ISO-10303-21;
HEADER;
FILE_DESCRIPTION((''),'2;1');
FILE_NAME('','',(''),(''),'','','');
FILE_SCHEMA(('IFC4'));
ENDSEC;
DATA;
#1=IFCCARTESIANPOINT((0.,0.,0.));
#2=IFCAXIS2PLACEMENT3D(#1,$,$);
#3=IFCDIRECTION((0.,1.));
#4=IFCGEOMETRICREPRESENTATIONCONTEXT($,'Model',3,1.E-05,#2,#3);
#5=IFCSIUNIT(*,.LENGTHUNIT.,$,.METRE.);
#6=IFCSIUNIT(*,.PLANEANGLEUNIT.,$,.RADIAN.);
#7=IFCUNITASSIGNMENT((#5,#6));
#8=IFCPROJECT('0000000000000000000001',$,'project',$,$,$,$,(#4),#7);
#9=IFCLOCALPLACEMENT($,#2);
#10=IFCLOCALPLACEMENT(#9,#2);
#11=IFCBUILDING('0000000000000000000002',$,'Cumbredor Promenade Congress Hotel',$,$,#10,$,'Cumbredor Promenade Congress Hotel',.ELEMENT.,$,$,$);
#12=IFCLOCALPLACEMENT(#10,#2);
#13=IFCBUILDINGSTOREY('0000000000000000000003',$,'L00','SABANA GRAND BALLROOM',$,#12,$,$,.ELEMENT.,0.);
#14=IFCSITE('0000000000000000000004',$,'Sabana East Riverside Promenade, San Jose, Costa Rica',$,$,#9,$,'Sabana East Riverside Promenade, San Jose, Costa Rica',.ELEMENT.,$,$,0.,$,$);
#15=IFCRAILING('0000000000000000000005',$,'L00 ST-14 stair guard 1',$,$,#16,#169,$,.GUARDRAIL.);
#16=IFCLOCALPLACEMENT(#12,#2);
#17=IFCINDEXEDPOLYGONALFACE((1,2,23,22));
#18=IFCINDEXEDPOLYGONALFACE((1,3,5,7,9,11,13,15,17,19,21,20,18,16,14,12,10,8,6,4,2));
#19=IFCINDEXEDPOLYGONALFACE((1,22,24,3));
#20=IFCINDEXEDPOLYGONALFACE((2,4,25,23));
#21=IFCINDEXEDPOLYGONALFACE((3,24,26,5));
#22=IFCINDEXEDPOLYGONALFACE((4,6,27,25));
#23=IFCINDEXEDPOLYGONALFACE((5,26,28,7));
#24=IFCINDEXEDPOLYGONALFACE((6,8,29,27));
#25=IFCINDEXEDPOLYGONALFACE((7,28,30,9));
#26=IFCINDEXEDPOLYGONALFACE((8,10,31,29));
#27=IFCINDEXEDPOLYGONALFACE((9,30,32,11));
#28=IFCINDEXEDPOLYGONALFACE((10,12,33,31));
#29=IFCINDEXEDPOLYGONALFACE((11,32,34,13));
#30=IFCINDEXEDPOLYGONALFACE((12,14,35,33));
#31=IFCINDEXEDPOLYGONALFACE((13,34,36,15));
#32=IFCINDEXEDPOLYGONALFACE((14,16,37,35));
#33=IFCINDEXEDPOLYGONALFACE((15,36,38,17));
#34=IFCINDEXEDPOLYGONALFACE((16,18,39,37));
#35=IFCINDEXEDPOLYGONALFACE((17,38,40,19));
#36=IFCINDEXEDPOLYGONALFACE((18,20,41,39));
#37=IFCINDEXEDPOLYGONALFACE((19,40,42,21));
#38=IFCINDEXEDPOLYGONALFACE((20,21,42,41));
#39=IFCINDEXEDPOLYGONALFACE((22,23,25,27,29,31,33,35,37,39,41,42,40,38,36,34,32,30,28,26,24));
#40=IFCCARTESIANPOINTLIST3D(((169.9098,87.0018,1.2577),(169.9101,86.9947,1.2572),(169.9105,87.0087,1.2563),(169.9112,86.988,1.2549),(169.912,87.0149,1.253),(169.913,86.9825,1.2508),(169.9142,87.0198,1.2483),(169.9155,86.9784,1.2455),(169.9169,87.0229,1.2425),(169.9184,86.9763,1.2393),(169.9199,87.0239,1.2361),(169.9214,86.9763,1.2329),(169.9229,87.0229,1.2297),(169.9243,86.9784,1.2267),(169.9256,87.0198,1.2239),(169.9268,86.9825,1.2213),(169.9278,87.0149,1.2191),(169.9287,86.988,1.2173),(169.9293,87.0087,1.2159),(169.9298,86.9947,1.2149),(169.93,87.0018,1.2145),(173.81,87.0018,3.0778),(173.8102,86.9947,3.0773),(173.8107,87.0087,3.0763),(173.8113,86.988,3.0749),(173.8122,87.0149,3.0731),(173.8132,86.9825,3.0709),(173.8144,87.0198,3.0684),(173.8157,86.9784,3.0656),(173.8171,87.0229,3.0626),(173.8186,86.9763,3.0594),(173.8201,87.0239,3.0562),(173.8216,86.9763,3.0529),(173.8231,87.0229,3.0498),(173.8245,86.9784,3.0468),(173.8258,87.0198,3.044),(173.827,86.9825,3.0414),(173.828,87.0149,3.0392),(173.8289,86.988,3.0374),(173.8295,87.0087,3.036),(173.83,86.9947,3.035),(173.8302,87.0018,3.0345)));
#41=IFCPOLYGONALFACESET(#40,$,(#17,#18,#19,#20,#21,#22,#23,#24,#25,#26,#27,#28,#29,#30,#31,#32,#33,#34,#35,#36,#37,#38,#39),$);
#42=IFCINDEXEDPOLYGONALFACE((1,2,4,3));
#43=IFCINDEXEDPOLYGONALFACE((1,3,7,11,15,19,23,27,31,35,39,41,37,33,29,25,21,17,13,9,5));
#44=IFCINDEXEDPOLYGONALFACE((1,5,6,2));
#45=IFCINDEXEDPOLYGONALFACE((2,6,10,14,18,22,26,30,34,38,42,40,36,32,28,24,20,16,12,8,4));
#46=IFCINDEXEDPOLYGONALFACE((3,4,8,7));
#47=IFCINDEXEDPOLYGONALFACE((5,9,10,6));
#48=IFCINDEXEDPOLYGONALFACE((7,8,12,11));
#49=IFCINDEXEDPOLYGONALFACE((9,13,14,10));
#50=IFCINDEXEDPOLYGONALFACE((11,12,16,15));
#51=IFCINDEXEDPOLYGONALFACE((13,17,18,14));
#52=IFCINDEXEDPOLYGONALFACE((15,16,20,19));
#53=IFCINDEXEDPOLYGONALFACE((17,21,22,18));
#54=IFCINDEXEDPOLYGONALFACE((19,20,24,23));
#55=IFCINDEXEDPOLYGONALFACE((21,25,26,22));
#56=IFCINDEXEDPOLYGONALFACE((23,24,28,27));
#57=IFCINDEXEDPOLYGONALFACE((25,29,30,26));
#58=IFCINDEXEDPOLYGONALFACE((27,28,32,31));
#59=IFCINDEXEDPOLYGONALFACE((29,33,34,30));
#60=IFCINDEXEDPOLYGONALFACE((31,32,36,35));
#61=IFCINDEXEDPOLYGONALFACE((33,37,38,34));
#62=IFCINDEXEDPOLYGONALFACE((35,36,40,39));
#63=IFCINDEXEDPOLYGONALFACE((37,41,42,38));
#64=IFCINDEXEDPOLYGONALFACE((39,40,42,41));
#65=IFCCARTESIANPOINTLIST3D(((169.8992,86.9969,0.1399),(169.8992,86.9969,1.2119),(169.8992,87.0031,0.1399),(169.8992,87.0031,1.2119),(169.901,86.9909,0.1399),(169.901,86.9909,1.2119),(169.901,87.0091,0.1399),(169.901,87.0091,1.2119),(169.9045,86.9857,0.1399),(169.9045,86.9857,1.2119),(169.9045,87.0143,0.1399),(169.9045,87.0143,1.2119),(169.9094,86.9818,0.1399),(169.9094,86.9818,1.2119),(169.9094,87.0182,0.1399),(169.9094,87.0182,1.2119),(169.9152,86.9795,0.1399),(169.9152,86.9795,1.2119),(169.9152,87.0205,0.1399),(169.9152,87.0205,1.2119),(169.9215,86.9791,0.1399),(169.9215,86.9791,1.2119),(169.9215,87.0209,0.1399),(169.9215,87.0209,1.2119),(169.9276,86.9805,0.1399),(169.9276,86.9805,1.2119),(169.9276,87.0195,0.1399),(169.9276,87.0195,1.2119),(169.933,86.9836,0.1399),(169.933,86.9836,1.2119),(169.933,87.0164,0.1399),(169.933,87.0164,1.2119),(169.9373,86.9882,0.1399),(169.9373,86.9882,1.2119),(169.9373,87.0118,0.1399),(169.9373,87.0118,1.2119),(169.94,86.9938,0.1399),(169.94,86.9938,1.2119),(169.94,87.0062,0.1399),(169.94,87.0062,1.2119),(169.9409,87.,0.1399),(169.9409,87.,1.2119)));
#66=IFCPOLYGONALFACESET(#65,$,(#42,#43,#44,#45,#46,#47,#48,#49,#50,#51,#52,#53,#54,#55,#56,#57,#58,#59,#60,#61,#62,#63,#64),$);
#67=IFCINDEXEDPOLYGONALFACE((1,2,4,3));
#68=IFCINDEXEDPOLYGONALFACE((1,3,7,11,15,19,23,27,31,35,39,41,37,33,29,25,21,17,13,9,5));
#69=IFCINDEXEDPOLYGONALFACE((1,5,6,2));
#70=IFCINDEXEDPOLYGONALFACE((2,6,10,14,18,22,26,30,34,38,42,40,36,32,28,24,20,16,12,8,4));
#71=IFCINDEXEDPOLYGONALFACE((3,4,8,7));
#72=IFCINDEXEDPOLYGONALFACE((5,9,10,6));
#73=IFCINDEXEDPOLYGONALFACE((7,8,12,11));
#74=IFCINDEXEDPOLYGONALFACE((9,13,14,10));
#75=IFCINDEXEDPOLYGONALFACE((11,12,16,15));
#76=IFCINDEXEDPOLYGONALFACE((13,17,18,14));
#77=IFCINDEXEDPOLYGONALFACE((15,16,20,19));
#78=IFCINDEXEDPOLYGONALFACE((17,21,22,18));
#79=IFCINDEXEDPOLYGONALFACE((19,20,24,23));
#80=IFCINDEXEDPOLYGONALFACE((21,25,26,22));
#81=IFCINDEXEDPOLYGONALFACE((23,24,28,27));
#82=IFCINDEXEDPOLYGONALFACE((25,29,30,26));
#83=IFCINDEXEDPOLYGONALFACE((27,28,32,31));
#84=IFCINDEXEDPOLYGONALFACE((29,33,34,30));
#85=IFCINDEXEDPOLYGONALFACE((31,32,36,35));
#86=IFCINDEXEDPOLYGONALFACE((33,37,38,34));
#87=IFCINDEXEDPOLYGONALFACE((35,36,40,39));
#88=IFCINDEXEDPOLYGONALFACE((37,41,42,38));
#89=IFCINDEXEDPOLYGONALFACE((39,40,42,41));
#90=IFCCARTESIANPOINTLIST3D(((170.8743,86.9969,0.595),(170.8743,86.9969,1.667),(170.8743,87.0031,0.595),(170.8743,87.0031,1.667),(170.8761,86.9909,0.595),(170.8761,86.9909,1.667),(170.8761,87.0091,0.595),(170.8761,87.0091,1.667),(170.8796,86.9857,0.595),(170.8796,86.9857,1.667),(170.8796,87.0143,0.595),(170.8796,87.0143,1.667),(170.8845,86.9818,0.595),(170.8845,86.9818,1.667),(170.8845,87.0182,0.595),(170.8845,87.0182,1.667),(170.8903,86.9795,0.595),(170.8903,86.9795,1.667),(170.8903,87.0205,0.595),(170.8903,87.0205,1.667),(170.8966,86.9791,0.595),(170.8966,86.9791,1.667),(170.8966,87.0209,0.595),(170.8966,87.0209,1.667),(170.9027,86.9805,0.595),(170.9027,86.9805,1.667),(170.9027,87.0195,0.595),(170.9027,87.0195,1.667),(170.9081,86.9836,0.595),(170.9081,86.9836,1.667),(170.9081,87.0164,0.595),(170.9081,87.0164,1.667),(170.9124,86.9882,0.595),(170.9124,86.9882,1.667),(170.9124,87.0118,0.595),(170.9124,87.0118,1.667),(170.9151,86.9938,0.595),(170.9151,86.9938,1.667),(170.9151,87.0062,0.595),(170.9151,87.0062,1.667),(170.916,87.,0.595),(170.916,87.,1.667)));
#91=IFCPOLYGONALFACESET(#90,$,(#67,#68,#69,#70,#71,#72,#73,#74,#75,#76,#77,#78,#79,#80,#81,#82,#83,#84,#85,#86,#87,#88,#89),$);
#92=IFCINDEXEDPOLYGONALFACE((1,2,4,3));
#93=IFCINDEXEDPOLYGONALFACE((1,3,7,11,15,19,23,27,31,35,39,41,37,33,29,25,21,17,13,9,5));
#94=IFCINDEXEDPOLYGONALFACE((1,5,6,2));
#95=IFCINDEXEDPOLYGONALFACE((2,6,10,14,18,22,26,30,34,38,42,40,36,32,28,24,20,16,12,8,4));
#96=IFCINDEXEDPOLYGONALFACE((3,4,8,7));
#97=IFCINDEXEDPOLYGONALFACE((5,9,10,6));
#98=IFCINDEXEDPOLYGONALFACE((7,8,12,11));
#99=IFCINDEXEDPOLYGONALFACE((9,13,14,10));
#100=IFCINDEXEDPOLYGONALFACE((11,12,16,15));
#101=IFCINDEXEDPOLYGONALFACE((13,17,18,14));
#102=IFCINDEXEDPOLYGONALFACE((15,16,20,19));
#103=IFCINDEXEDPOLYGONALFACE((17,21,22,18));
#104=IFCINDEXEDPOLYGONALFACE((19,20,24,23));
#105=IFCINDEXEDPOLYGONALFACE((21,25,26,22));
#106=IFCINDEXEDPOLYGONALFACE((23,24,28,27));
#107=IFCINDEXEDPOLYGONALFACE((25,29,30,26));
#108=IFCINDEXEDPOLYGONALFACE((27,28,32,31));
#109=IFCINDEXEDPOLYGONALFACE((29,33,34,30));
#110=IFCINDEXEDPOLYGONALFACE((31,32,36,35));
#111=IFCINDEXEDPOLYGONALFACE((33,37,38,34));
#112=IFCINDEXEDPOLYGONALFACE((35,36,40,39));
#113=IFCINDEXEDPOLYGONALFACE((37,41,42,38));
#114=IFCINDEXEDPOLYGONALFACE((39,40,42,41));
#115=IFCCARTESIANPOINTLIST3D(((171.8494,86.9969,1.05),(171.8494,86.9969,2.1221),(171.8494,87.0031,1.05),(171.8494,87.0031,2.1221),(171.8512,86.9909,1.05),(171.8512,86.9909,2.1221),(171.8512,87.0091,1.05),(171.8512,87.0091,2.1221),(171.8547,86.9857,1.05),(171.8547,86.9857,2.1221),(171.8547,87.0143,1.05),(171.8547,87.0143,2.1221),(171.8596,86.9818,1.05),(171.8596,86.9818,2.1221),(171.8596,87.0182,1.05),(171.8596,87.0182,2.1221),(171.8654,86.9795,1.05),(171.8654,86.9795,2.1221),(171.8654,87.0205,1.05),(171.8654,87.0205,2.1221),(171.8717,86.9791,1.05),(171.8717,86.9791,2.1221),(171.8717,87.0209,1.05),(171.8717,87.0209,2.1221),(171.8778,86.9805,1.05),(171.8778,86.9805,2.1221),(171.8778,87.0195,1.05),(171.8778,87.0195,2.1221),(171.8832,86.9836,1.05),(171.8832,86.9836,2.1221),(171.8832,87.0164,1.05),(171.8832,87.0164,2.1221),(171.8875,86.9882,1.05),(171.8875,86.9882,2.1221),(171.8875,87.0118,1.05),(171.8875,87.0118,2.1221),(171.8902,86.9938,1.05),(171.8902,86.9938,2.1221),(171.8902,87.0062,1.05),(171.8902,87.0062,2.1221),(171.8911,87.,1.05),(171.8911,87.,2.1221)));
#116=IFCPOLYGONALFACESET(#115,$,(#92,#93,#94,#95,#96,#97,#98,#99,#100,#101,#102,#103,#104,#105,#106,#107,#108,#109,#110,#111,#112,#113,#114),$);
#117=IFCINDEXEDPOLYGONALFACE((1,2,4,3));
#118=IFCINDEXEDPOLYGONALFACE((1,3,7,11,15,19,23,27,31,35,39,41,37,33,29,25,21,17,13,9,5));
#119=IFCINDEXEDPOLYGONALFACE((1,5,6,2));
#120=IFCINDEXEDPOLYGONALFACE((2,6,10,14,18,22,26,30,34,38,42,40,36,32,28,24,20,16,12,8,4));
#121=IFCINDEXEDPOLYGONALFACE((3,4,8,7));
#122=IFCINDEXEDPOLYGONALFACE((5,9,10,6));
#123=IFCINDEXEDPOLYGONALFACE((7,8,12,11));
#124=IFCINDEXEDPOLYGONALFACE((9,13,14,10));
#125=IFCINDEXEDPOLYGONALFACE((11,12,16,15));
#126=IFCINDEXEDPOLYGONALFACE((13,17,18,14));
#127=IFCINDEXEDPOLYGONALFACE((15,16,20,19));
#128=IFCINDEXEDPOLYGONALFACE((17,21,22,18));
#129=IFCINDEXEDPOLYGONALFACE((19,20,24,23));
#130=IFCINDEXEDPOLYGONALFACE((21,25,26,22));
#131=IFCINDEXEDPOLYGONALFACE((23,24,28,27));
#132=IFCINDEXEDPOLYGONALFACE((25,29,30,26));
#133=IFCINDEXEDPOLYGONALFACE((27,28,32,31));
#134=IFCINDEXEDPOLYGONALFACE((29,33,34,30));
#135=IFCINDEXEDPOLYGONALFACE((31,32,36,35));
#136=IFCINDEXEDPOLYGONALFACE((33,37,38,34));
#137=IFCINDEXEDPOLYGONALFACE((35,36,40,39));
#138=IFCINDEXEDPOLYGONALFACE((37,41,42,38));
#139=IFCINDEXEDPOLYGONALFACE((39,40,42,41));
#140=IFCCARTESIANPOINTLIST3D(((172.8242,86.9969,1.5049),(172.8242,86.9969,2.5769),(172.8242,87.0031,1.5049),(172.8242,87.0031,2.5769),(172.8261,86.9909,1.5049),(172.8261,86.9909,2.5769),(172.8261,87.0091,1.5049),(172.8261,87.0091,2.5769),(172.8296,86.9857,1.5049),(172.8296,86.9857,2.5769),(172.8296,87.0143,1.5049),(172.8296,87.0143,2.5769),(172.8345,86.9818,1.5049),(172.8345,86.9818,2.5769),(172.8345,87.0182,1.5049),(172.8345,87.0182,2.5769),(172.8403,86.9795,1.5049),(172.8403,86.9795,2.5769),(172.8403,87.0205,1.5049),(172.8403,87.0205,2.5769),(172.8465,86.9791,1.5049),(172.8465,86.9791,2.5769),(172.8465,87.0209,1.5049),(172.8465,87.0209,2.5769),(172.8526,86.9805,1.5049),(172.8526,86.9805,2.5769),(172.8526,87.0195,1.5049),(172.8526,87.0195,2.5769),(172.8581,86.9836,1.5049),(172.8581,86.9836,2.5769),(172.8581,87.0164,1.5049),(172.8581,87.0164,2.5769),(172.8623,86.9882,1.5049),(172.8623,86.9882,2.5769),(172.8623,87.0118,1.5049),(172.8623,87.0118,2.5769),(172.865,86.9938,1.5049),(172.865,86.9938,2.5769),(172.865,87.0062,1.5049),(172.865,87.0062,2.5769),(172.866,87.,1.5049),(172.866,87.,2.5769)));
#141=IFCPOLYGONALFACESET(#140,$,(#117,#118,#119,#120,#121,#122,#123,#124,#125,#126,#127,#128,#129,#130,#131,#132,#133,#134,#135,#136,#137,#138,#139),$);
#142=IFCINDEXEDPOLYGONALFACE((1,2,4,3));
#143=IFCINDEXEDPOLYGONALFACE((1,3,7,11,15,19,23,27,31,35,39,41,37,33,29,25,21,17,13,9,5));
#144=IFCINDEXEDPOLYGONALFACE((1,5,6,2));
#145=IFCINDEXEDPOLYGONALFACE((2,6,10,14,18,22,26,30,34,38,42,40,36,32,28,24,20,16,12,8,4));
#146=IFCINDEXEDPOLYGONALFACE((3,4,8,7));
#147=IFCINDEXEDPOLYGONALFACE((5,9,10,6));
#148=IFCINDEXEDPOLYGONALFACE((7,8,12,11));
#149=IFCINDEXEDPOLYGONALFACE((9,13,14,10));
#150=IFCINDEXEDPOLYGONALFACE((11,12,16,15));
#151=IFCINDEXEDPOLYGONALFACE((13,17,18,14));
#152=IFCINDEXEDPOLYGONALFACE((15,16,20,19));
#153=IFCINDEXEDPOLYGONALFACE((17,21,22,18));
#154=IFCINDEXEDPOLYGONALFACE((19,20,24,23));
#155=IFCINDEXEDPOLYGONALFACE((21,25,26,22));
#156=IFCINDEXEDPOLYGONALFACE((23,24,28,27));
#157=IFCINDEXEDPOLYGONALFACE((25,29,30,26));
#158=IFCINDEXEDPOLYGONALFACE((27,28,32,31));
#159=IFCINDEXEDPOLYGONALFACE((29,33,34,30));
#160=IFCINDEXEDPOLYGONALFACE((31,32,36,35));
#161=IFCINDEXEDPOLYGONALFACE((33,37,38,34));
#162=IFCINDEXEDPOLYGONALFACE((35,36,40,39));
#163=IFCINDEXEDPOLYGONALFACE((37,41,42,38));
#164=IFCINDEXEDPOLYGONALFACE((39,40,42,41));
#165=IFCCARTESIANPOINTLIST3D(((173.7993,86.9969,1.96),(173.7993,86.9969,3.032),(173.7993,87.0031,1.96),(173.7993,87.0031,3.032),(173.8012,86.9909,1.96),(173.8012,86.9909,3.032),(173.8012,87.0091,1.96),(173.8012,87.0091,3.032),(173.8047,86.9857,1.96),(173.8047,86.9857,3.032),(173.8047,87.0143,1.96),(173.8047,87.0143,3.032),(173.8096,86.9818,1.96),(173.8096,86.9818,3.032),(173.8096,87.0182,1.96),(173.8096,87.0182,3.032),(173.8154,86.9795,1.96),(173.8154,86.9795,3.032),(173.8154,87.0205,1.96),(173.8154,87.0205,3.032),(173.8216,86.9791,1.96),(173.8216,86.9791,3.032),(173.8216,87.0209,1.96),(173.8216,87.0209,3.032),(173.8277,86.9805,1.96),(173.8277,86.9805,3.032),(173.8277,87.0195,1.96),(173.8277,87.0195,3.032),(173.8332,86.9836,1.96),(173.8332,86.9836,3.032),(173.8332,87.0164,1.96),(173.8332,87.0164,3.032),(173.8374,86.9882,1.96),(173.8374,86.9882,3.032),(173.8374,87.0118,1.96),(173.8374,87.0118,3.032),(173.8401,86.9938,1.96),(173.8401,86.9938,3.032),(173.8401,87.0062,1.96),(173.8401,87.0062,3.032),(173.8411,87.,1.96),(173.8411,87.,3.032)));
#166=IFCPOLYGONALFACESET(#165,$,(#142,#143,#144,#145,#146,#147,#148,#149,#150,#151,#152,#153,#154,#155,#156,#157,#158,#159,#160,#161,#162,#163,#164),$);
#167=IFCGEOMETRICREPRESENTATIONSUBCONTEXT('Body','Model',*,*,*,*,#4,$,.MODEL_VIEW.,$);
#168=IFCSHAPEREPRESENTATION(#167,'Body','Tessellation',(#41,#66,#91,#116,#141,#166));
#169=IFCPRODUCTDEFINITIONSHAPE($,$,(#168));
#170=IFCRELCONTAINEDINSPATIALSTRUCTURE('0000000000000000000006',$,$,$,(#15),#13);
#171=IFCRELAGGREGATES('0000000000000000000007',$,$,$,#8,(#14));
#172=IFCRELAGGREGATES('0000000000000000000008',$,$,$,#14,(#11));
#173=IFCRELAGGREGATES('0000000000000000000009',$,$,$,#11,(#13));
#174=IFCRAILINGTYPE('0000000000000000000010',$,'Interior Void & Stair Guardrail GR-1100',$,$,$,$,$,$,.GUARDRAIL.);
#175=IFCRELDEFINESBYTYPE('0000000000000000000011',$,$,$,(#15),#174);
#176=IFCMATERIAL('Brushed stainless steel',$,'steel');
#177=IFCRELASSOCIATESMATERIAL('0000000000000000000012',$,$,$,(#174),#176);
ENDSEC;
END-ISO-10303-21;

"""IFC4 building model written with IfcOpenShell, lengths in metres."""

from ifc_helpers import new_model, si_unit, direction, frame, origin, origin_2d, place, context, subcontext, project, spatial, circle, extrude, material, type_object, element, save


model = new_model("IFC4")

# Units and contexts
model_context = context("Model", 3, precision=1e-05, world=origin(), true_north=direction((0.0, 1.0)))
body_context = subcontext(model_context, "Body", "Model", "MODEL_VIEW")
ifc_project = project(units=[si_unit("LENGTHUNIT", "METRE"), si_unit("PLANEANGLEUNIT", "RADIAN")], contexts=[model_context])

# Site, building, storey
site_placement = place(None, origin())
site = spatial("IfcSite", under=ifc_project, at=site_placement, Name="Sabana East Riverside Promenade, San Jose, Costa Rica", LongName="Sabana East Riverside Promenade, San Jose, Costa Rica", CompositionType="ELEMENT", RefElevation=0.0)
building_placement = place(site_placement, origin())
building = spatial("IfcBuilding", under=site, at=building_placement, Name="Cumbredor Promenade Congress Hotel", LongName="Cumbredor Promenade Congress Hotel", CompositionType="ELEMENT")
storey_placement = place(building_placement, origin())
storey = spatial("IfcBuildingStorey", under=building, at=storey_placement, Name="L00", Description="SABANA GRAND BALLROOM", CompositionType="ELEMENT", Elevation=0.0)

# Railing
ifc_material_1 = material(Name="Brushed stainless steel", Category="steel")
railing_type_1 = type_object("IfcRailingType", Name="Interior Void & Stair Guardrail GR-1100", PredefinedType="GUARDRAIL", material=ifc_material_1)
railing_1_placement = place(storey_placement, frame((169.9199, 87.0, 0.1399)))
element("IfcRailing", 1, at=railing_1_placement, inside=storey, type_object=railing_type_1, Name="L00 ST-14 stair guard 1", PredefinedType="GUARDRAIL", context=body_context, shape_type="SweptSolid", body=[
    extrude(circle(Radius=0.0239, at=origin_2d()), frame((0.0, 0.0, 1.0962), z_axis=(0.906183, 0.0, 0.422885), x_axis=(0.0, 1.0, 0.0)), (0.0, 0.0, 1.0), 4.304),
    extrude(circle(Radius=0.021, at=origin_2d()), origin(), (0.0, 0.0, 1.0), 1.072),
    extrude(circle(Radius=0.021, at=origin_2d()), frame((0.9751, 0.0, 0.4551)), (0.0, 0.0, 1.0), 1.072),
    extrude(circle(Radius=0.021, at=origin_2d()), frame((1.9502, 0.0, 0.9102)), (0.0, 0.0, 1.0), 1.072),
    extrude(circle(Radius=0.021, at=origin_2d()), frame((2.925, 0.0, 1.365)), (0.0, 0.0, 1.0), 1.072),
    extrude(circle(Radius=0.021, at=origin_2d()), frame((3.9001, 0.0, 1.8201)), (0.0, 0.0, 1.0), 1.072),
])

save(model, "model.ifc")
